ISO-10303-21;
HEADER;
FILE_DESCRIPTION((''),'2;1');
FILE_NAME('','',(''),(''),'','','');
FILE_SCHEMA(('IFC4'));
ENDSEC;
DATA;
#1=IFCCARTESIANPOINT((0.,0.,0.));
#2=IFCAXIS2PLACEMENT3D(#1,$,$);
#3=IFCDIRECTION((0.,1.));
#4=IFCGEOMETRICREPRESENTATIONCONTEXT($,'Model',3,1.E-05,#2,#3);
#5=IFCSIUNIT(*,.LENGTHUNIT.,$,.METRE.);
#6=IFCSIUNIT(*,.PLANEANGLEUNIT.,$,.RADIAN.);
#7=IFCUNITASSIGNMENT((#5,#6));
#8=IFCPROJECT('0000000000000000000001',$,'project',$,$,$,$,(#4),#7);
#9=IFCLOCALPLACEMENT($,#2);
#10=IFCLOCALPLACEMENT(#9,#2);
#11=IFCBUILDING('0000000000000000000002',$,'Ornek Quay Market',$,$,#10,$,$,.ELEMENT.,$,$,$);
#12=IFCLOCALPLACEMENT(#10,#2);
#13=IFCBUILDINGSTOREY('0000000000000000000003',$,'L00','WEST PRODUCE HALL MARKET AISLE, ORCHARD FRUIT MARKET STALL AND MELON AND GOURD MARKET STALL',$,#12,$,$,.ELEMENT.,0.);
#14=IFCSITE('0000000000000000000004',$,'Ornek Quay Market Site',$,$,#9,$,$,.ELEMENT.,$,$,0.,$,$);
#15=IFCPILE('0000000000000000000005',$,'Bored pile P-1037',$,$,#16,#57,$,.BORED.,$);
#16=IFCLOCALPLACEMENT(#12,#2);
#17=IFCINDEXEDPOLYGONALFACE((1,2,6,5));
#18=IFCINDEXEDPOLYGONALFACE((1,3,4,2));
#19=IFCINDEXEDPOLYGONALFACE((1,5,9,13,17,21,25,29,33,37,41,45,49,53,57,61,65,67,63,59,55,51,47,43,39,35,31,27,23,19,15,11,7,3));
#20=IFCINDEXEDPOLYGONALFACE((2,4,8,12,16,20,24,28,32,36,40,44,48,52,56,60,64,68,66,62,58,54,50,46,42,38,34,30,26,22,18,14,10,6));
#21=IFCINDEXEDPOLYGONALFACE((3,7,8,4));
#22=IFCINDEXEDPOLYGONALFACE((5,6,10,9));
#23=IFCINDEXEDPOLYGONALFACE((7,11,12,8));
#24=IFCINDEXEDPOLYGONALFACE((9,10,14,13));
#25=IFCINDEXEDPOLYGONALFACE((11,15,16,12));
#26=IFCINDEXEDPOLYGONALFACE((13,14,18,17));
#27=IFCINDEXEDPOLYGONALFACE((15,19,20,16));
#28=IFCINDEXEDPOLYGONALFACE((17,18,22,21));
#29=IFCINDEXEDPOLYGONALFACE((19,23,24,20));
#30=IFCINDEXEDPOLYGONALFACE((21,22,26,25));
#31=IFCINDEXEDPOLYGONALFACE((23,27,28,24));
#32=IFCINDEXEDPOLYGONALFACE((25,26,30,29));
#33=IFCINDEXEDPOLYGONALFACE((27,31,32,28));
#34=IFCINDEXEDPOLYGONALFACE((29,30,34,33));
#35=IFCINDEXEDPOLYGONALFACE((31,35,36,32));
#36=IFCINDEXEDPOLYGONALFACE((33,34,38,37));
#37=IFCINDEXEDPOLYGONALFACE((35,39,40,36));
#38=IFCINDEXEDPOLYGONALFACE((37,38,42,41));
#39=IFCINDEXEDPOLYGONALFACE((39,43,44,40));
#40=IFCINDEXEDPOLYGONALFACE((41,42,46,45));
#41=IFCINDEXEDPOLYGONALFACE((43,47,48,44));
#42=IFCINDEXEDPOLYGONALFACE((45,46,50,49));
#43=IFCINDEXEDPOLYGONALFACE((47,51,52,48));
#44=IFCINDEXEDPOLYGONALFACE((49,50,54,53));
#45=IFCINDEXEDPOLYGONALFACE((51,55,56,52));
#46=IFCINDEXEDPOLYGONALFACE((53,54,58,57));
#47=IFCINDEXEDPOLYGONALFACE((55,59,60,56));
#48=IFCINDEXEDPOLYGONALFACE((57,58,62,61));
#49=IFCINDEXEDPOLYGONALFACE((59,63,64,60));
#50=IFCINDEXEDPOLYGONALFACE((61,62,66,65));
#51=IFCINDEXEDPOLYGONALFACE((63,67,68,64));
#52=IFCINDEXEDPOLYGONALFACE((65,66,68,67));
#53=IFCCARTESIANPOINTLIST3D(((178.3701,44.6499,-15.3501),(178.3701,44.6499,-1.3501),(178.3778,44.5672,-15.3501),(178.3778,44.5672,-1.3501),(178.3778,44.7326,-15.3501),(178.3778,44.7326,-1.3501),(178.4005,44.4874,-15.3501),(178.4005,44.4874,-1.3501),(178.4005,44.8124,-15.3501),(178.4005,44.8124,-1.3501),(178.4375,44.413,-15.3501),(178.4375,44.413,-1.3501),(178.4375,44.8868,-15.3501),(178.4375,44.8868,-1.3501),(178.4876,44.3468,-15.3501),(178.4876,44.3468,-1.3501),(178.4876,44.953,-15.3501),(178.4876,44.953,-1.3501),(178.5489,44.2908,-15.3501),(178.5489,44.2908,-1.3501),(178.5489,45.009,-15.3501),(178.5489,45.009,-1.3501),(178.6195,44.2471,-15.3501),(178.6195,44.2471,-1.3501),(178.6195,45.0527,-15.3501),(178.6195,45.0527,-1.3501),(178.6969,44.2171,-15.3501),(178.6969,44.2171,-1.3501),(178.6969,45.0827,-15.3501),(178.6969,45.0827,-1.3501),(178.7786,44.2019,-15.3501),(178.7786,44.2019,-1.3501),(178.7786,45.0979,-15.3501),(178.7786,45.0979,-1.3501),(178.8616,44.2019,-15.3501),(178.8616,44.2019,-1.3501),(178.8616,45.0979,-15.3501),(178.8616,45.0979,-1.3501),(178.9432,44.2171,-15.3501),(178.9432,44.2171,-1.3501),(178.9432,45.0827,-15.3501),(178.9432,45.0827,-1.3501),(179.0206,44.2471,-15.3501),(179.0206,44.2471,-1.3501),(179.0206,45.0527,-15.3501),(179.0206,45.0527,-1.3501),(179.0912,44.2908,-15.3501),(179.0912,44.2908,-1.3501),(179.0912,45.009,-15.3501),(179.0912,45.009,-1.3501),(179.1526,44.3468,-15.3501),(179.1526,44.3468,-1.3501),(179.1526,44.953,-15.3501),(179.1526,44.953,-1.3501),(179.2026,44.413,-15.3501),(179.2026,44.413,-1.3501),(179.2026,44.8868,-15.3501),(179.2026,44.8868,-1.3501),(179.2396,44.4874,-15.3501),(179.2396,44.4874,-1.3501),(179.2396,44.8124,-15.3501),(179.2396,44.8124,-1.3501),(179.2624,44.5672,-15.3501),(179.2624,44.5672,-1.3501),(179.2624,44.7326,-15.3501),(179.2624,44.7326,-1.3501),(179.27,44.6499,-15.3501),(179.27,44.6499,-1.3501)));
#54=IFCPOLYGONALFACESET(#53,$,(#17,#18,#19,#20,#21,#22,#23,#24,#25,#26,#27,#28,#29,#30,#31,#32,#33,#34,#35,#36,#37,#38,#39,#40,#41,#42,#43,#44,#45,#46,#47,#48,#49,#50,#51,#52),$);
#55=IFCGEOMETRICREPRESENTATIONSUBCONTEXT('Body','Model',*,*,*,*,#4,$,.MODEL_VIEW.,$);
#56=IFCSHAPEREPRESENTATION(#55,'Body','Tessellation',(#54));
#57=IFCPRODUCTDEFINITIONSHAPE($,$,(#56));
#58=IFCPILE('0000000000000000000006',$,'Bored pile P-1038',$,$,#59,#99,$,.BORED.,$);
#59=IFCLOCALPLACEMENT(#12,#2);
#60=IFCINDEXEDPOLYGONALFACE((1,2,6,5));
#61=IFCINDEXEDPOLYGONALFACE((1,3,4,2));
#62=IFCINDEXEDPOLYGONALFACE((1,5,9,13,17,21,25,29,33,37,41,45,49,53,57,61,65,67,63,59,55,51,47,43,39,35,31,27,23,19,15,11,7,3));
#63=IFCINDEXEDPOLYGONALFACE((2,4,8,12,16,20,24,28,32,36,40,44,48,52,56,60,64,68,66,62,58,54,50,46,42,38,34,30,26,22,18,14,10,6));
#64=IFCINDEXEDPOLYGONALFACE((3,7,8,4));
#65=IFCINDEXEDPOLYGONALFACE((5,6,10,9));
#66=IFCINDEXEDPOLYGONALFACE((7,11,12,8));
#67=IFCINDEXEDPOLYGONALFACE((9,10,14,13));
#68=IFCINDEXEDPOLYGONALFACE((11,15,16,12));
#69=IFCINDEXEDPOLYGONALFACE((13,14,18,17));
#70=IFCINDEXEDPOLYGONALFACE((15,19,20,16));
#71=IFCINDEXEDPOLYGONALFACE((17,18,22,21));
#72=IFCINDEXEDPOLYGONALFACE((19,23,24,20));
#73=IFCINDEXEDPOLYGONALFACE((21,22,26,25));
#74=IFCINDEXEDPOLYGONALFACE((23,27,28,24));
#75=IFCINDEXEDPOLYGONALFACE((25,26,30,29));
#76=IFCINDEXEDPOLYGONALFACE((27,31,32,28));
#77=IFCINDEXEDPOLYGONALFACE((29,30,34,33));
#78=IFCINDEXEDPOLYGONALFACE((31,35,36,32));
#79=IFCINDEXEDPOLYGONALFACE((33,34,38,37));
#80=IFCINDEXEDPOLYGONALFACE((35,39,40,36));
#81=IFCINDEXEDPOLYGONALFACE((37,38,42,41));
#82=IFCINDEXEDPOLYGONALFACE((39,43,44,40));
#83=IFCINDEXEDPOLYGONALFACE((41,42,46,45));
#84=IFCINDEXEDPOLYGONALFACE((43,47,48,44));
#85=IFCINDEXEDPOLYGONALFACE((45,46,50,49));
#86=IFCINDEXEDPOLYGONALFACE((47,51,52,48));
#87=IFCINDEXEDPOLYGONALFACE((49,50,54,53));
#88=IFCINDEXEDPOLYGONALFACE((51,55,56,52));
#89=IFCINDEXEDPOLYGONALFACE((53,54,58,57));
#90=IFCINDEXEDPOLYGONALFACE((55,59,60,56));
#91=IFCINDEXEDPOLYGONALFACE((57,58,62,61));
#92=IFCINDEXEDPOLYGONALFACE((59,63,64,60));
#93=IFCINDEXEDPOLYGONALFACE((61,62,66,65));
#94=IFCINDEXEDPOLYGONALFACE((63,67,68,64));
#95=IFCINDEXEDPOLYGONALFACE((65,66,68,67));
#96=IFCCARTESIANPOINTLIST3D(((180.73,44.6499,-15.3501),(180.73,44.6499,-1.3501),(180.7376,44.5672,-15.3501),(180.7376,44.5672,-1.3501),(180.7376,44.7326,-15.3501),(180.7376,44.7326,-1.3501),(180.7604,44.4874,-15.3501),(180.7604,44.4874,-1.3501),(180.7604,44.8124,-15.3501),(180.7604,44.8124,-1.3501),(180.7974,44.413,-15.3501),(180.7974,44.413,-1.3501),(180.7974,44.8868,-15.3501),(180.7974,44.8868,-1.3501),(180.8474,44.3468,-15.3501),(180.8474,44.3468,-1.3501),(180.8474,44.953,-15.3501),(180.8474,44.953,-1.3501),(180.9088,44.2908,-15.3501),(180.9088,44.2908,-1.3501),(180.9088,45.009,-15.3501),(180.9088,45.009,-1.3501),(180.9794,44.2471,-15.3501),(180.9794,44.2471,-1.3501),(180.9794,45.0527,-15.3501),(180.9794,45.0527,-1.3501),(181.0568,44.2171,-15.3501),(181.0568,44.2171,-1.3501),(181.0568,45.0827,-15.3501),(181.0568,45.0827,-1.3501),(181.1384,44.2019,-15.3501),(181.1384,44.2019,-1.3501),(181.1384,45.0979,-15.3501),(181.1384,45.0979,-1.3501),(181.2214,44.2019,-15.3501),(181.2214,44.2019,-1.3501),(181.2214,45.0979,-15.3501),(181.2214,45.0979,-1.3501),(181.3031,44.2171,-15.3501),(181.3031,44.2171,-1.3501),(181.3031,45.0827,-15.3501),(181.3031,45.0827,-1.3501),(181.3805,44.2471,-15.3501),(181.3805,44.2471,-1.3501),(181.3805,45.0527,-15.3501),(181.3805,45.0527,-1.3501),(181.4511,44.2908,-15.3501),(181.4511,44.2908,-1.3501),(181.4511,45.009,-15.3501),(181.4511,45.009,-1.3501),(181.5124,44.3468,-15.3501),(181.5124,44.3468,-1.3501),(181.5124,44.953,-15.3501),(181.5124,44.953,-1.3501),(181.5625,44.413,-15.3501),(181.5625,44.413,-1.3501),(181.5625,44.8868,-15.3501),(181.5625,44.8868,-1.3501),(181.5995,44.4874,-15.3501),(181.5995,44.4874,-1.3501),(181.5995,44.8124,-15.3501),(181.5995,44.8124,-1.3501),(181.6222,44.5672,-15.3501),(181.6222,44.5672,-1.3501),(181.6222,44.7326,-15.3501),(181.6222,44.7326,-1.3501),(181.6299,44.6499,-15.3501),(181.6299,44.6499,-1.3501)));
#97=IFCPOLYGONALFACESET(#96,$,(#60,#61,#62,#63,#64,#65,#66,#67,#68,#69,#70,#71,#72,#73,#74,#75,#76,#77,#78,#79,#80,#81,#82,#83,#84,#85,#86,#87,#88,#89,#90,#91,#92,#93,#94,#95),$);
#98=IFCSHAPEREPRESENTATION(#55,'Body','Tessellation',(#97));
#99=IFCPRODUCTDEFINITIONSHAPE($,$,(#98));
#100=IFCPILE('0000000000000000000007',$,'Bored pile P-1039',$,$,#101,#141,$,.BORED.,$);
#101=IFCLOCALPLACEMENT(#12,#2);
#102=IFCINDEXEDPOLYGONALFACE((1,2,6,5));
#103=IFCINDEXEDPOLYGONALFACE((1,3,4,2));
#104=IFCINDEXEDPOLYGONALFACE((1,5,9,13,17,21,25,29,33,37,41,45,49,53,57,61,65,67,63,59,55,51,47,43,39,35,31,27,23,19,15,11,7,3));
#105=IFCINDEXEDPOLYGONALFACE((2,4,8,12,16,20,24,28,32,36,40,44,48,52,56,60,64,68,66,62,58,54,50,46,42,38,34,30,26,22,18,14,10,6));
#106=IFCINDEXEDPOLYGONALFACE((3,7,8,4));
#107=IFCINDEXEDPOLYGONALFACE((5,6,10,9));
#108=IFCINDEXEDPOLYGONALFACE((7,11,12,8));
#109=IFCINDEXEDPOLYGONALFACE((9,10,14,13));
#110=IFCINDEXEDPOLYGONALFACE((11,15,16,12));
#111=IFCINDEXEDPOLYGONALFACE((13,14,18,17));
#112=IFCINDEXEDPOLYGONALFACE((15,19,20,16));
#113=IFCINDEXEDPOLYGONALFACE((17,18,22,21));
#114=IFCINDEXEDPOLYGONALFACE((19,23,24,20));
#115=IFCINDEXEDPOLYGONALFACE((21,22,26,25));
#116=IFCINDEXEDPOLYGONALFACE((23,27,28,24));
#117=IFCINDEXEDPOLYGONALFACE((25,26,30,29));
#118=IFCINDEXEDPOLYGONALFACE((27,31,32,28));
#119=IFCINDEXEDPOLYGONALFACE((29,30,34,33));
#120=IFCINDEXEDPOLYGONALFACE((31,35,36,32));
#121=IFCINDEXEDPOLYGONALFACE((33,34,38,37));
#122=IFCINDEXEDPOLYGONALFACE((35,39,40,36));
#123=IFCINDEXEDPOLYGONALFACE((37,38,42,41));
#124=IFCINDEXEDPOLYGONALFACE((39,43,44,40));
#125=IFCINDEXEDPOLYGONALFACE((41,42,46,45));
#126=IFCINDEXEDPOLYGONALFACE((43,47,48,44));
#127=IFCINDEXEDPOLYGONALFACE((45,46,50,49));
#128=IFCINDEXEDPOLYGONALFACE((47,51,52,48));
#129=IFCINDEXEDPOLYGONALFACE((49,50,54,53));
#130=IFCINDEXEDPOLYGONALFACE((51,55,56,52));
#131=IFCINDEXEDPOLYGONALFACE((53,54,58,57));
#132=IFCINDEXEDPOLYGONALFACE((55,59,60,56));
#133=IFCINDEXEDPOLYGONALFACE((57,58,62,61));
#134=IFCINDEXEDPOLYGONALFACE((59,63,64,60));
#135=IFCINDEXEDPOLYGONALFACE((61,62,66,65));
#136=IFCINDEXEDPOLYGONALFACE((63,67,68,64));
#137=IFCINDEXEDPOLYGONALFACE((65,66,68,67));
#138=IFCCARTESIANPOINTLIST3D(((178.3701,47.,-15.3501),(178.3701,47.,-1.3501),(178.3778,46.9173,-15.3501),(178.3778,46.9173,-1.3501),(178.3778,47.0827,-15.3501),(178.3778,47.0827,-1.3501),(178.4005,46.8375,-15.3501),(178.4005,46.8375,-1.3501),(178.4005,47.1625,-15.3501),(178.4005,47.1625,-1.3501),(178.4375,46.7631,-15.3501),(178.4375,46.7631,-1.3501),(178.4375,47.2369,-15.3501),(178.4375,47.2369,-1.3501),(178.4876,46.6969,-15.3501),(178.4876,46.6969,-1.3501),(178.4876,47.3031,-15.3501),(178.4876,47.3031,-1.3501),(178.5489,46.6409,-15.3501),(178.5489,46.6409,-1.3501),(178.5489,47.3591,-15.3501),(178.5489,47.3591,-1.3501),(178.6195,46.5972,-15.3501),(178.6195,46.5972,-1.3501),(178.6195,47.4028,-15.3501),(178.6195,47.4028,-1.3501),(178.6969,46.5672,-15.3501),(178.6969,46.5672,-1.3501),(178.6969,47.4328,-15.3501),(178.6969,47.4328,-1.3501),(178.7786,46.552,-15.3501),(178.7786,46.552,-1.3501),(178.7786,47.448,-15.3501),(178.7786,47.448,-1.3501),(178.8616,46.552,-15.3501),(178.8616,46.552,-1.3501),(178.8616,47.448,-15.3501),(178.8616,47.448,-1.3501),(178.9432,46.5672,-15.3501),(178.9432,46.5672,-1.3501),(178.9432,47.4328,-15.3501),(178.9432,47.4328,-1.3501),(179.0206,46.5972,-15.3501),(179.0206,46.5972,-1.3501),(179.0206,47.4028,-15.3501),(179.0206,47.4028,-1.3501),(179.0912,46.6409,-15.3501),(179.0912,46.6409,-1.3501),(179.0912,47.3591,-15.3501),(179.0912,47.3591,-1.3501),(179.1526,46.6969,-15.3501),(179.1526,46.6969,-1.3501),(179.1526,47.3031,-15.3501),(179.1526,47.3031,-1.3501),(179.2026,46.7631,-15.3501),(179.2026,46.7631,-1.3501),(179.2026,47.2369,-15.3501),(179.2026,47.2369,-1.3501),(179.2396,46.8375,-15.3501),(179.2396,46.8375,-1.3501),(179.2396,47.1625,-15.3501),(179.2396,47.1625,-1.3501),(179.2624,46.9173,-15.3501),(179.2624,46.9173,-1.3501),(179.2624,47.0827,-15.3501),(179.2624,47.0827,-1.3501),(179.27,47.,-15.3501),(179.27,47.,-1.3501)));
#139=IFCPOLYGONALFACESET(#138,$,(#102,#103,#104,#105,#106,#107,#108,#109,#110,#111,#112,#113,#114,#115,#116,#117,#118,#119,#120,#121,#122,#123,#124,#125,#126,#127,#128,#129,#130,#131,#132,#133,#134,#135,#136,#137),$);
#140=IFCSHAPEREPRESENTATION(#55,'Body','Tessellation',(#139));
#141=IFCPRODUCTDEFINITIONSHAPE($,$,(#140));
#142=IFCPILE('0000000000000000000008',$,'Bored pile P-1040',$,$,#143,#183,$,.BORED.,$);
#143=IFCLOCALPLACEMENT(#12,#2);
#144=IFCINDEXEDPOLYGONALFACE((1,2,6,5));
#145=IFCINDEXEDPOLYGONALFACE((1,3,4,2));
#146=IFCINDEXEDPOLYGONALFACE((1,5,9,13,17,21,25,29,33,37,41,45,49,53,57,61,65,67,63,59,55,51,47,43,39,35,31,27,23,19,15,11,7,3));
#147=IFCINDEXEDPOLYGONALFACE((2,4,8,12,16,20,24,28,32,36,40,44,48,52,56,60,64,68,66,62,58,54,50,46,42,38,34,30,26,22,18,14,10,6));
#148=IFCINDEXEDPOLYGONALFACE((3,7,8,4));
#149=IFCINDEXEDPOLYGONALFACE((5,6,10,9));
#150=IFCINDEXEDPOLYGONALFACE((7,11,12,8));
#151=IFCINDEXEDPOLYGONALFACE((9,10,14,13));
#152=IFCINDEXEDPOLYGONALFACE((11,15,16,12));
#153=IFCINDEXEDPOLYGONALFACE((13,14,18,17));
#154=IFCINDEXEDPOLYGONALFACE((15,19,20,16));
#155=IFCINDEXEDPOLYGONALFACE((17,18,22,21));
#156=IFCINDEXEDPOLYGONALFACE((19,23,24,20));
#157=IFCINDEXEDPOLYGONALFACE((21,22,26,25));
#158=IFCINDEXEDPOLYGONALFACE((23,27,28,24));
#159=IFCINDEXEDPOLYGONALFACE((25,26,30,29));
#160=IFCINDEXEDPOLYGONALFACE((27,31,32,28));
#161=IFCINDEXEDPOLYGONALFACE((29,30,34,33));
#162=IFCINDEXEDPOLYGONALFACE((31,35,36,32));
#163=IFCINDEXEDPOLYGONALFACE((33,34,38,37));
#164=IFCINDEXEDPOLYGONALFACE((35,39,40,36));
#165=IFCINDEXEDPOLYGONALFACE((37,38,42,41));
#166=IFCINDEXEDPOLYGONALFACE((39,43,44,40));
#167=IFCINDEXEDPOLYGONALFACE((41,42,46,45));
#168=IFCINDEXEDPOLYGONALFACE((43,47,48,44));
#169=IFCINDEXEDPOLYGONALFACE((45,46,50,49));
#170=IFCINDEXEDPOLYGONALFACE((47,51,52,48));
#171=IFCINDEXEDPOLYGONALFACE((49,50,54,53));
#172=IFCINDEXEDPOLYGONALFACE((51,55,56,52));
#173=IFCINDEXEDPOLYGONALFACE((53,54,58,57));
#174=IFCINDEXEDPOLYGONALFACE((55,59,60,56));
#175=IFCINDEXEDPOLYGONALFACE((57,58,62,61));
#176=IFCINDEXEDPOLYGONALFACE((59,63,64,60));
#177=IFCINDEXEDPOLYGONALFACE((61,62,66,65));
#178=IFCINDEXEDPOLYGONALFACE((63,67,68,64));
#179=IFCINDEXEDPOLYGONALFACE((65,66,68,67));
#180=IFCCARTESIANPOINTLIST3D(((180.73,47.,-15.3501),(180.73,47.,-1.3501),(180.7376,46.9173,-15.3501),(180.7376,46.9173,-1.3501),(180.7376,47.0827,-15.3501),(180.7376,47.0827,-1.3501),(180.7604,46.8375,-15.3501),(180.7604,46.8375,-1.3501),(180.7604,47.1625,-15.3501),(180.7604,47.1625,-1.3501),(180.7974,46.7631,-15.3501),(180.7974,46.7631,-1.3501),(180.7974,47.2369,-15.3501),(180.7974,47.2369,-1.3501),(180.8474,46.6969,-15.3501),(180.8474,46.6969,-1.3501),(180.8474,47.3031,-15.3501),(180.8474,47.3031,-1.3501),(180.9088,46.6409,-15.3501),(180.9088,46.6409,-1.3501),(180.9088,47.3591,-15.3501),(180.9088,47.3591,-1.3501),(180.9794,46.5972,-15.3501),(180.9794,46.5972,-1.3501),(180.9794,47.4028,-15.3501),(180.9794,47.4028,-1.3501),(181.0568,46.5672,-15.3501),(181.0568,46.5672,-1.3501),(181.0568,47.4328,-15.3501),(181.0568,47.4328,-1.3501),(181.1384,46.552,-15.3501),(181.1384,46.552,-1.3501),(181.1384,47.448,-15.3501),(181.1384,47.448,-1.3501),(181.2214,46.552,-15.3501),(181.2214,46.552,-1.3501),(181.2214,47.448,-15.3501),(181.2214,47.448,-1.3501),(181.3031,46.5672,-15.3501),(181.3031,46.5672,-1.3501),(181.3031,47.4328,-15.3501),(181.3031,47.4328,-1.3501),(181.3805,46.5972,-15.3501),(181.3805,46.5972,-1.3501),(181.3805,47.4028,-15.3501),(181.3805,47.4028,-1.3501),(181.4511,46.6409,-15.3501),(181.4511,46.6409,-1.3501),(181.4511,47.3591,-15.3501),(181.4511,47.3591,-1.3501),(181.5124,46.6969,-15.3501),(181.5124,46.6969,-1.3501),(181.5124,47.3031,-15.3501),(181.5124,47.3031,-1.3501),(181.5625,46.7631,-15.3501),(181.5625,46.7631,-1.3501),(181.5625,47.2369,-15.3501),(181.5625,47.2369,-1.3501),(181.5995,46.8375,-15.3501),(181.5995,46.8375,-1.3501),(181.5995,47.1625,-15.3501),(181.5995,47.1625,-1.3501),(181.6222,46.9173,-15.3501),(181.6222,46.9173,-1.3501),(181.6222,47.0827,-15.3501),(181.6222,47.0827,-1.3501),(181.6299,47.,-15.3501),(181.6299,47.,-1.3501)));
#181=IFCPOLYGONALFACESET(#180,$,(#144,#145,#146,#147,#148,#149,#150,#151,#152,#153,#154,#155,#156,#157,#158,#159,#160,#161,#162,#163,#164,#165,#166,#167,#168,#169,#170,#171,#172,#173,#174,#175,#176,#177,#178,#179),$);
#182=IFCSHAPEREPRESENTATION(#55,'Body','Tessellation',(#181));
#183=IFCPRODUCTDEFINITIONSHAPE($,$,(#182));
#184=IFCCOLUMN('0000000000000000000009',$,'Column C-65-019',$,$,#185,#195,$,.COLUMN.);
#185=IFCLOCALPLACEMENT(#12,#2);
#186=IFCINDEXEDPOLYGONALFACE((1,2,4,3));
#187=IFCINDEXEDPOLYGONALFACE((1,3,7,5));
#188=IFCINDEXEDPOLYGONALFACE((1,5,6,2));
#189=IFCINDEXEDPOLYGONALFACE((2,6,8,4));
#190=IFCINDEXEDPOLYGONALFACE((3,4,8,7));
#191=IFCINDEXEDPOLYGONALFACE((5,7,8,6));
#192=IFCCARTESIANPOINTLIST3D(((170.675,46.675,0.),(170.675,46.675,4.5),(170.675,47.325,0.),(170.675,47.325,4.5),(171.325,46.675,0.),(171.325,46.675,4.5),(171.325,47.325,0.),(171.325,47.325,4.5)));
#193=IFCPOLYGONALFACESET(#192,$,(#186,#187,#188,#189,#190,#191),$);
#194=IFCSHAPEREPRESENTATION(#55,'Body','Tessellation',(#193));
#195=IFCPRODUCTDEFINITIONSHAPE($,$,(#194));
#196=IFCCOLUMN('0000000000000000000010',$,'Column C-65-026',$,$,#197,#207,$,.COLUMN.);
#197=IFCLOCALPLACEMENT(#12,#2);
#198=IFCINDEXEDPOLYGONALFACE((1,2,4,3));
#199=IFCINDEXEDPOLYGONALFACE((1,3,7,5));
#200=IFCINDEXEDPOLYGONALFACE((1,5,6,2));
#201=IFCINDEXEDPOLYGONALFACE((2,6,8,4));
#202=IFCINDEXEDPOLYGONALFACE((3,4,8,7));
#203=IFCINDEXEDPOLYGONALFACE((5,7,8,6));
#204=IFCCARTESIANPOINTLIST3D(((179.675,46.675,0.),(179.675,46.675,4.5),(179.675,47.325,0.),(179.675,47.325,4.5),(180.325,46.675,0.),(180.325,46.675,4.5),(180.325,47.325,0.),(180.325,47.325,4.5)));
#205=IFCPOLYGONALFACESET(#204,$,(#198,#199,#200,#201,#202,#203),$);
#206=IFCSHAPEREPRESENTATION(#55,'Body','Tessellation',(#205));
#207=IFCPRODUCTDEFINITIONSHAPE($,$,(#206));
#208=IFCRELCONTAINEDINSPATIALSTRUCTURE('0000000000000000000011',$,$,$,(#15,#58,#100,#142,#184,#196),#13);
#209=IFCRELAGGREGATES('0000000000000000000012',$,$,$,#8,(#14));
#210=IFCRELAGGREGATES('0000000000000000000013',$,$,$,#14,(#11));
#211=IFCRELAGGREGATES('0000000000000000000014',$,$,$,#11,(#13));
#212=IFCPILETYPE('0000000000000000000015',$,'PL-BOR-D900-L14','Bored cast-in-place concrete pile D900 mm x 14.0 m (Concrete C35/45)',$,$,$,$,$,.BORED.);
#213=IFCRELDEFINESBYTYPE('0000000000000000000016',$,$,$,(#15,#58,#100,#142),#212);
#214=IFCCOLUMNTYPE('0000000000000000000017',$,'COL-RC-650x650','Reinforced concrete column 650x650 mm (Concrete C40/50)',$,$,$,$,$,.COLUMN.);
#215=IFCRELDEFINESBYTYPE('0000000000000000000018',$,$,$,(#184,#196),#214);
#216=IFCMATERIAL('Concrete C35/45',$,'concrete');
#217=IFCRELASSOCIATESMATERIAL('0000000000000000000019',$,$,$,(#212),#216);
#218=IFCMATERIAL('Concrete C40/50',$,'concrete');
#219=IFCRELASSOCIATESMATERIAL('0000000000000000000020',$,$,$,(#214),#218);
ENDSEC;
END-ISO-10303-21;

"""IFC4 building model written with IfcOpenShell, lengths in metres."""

from ifc_helpers import new_model, si_unit, direction, frame, origin, origin_2d, place, context, subcontext, project, spatial, rectangle, circle, extrude, material, material_profile, profile_set, type_object, element, save


model = new_model("IFC4")

# Units and contexts
model_context = context("Model", 3, precision=1e-05, world=origin(), true_north=direction((0.0, 1.0)))
body_context = subcontext(model_context, "Body", "Model", "MODEL_VIEW")
ifc_project = project(units=[si_unit("LENGTHUNIT", "METRE"), si_unit("PLANEANGLEUNIT", "RADIAN")], contexts=[model_context])

# Site, building, storey
site_placement = place(None, origin())
site = spatial("IfcSite", under=ifc_project, at=site_placement, Name="Ornek Quay Market Site", CompositionType="ELEMENT", RefElevation=0.0)
building_placement = place(site_placement, origin())
building = spatial("IfcBuilding", under=site, at=building_placement, Name="Ornek Quay Market", CompositionType="ELEMENT")
storey_placement = place(building_placement, origin())
storey = spatial("IfcBuildingStorey", under=building, at=storey_placement, Name="L00", Description="WEST PRODUCE HALL MARKET AISLE, ORCHARD FRUIT MARKET STALL AND MELON AND GOURD MARKET STALL", CompositionType="ELEMENT", Elevation=0.0)

# Piles
ifc_material_1 = material(Name="Concrete C35/45", Category="concrete")
ifc_material_profile_1 = material_profile(ifc_material_1, circle(Radius=0.45, at=origin_2d()), Name="PILE D900", Category="concrete")
ifc_profile_set_1 = profile_set([ifc_material_profile_1], Name="Concrete C35/45")
pile_type = type_object("IfcPileType", Name="PL-BOR-D900-L14", Description="Bored cast-in-place concrete pile D900 mm x 14.0 m (Concrete C35/45)", PredefinedType="BORED", material=ifc_profile_set_1)
for number, where, z_axis, x_axis, name in (
    (1, (178.8201, 44.6499, -1.3501), (0.0, 0.0, -1.0), (1.0, 0.0, 0.0), "Bored pile P-1037"),
    (2, (181.1799, 44.6499, -1.3501), (0.0, 0.0, -1.0), (1.0, 0.0, 0.0), "Bored pile P-1038"),
    (3, (178.8201, 47.0, -1.3501), (0.0, 0.0, -1.0), (1.0, 0.0, 0.0), "Bored pile P-1039"),
    (4, (181.1799, 47.0, -1.3501), (0.0, 0.0, -1.0), (1.0, 0.0, 0.0), "Bored pile P-1040"),
):
    element("IfcPile", number, at=place(storey_placement, frame(where, z_axis=z_axis, x_axis=x_axis)), inside=storey, type_object=pile_type, Name=name, PredefinedType="BORED", context=body_context, shape_type="SweptSolid", body=[
        extrude(circle(Radius=0.45, at=origin_2d()), origin(), (0.0, 0.0, 1.0), 14.0),
    ])

# Columns
ifc_material_2 = material(Name="Concrete C40/50", Category="concrete")
ifc_material_profile_2 = material_profile(ifc_material_2, rectangle(XDim=0.6499, YDim=0.6499, at=origin_2d()), Name="RC 650x650", Category="concrete")
ifc_profile_set_2 = profile_set([ifc_material_profile_2], Name="Concrete C40/50")
column_type = type_object("IfcColumnType", Name="COL-RC-650x650", Description="Reinforced concrete column 650x650 mm (Concrete C40/50)", PredefinedType="COLUMN", material=ifc_profile_set_2)
for number, where, z_axis, x_axis, name in (
    (5, (171.0, 47.0, 0.0), (0.0, 0.0, 1.0), (1.0, 0.0, 0.0), "Column C-65-019"),
    (6, (180.0, 47.0, 0.0), (0.0, 0.0, 1.0), (1.0, 0.0, 0.0), "Column C-65-026"),
):
    element("IfcColumn", number, at=place(storey_placement, frame(where, z_axis=z_axis, x_axis=x_axis)), inside=storey, type_object=column_type, Name=name, PredefinedType="COLUMN", context=body_context, shape_type="SweptSolid", body=[
        extrude(rectangle(XDim=0.6499, YDim=0.6499, at=origin_2d()), origin(), (0.0, 0.0, 1.0), 4.5),
    ])

save(model, "model.ifc")
